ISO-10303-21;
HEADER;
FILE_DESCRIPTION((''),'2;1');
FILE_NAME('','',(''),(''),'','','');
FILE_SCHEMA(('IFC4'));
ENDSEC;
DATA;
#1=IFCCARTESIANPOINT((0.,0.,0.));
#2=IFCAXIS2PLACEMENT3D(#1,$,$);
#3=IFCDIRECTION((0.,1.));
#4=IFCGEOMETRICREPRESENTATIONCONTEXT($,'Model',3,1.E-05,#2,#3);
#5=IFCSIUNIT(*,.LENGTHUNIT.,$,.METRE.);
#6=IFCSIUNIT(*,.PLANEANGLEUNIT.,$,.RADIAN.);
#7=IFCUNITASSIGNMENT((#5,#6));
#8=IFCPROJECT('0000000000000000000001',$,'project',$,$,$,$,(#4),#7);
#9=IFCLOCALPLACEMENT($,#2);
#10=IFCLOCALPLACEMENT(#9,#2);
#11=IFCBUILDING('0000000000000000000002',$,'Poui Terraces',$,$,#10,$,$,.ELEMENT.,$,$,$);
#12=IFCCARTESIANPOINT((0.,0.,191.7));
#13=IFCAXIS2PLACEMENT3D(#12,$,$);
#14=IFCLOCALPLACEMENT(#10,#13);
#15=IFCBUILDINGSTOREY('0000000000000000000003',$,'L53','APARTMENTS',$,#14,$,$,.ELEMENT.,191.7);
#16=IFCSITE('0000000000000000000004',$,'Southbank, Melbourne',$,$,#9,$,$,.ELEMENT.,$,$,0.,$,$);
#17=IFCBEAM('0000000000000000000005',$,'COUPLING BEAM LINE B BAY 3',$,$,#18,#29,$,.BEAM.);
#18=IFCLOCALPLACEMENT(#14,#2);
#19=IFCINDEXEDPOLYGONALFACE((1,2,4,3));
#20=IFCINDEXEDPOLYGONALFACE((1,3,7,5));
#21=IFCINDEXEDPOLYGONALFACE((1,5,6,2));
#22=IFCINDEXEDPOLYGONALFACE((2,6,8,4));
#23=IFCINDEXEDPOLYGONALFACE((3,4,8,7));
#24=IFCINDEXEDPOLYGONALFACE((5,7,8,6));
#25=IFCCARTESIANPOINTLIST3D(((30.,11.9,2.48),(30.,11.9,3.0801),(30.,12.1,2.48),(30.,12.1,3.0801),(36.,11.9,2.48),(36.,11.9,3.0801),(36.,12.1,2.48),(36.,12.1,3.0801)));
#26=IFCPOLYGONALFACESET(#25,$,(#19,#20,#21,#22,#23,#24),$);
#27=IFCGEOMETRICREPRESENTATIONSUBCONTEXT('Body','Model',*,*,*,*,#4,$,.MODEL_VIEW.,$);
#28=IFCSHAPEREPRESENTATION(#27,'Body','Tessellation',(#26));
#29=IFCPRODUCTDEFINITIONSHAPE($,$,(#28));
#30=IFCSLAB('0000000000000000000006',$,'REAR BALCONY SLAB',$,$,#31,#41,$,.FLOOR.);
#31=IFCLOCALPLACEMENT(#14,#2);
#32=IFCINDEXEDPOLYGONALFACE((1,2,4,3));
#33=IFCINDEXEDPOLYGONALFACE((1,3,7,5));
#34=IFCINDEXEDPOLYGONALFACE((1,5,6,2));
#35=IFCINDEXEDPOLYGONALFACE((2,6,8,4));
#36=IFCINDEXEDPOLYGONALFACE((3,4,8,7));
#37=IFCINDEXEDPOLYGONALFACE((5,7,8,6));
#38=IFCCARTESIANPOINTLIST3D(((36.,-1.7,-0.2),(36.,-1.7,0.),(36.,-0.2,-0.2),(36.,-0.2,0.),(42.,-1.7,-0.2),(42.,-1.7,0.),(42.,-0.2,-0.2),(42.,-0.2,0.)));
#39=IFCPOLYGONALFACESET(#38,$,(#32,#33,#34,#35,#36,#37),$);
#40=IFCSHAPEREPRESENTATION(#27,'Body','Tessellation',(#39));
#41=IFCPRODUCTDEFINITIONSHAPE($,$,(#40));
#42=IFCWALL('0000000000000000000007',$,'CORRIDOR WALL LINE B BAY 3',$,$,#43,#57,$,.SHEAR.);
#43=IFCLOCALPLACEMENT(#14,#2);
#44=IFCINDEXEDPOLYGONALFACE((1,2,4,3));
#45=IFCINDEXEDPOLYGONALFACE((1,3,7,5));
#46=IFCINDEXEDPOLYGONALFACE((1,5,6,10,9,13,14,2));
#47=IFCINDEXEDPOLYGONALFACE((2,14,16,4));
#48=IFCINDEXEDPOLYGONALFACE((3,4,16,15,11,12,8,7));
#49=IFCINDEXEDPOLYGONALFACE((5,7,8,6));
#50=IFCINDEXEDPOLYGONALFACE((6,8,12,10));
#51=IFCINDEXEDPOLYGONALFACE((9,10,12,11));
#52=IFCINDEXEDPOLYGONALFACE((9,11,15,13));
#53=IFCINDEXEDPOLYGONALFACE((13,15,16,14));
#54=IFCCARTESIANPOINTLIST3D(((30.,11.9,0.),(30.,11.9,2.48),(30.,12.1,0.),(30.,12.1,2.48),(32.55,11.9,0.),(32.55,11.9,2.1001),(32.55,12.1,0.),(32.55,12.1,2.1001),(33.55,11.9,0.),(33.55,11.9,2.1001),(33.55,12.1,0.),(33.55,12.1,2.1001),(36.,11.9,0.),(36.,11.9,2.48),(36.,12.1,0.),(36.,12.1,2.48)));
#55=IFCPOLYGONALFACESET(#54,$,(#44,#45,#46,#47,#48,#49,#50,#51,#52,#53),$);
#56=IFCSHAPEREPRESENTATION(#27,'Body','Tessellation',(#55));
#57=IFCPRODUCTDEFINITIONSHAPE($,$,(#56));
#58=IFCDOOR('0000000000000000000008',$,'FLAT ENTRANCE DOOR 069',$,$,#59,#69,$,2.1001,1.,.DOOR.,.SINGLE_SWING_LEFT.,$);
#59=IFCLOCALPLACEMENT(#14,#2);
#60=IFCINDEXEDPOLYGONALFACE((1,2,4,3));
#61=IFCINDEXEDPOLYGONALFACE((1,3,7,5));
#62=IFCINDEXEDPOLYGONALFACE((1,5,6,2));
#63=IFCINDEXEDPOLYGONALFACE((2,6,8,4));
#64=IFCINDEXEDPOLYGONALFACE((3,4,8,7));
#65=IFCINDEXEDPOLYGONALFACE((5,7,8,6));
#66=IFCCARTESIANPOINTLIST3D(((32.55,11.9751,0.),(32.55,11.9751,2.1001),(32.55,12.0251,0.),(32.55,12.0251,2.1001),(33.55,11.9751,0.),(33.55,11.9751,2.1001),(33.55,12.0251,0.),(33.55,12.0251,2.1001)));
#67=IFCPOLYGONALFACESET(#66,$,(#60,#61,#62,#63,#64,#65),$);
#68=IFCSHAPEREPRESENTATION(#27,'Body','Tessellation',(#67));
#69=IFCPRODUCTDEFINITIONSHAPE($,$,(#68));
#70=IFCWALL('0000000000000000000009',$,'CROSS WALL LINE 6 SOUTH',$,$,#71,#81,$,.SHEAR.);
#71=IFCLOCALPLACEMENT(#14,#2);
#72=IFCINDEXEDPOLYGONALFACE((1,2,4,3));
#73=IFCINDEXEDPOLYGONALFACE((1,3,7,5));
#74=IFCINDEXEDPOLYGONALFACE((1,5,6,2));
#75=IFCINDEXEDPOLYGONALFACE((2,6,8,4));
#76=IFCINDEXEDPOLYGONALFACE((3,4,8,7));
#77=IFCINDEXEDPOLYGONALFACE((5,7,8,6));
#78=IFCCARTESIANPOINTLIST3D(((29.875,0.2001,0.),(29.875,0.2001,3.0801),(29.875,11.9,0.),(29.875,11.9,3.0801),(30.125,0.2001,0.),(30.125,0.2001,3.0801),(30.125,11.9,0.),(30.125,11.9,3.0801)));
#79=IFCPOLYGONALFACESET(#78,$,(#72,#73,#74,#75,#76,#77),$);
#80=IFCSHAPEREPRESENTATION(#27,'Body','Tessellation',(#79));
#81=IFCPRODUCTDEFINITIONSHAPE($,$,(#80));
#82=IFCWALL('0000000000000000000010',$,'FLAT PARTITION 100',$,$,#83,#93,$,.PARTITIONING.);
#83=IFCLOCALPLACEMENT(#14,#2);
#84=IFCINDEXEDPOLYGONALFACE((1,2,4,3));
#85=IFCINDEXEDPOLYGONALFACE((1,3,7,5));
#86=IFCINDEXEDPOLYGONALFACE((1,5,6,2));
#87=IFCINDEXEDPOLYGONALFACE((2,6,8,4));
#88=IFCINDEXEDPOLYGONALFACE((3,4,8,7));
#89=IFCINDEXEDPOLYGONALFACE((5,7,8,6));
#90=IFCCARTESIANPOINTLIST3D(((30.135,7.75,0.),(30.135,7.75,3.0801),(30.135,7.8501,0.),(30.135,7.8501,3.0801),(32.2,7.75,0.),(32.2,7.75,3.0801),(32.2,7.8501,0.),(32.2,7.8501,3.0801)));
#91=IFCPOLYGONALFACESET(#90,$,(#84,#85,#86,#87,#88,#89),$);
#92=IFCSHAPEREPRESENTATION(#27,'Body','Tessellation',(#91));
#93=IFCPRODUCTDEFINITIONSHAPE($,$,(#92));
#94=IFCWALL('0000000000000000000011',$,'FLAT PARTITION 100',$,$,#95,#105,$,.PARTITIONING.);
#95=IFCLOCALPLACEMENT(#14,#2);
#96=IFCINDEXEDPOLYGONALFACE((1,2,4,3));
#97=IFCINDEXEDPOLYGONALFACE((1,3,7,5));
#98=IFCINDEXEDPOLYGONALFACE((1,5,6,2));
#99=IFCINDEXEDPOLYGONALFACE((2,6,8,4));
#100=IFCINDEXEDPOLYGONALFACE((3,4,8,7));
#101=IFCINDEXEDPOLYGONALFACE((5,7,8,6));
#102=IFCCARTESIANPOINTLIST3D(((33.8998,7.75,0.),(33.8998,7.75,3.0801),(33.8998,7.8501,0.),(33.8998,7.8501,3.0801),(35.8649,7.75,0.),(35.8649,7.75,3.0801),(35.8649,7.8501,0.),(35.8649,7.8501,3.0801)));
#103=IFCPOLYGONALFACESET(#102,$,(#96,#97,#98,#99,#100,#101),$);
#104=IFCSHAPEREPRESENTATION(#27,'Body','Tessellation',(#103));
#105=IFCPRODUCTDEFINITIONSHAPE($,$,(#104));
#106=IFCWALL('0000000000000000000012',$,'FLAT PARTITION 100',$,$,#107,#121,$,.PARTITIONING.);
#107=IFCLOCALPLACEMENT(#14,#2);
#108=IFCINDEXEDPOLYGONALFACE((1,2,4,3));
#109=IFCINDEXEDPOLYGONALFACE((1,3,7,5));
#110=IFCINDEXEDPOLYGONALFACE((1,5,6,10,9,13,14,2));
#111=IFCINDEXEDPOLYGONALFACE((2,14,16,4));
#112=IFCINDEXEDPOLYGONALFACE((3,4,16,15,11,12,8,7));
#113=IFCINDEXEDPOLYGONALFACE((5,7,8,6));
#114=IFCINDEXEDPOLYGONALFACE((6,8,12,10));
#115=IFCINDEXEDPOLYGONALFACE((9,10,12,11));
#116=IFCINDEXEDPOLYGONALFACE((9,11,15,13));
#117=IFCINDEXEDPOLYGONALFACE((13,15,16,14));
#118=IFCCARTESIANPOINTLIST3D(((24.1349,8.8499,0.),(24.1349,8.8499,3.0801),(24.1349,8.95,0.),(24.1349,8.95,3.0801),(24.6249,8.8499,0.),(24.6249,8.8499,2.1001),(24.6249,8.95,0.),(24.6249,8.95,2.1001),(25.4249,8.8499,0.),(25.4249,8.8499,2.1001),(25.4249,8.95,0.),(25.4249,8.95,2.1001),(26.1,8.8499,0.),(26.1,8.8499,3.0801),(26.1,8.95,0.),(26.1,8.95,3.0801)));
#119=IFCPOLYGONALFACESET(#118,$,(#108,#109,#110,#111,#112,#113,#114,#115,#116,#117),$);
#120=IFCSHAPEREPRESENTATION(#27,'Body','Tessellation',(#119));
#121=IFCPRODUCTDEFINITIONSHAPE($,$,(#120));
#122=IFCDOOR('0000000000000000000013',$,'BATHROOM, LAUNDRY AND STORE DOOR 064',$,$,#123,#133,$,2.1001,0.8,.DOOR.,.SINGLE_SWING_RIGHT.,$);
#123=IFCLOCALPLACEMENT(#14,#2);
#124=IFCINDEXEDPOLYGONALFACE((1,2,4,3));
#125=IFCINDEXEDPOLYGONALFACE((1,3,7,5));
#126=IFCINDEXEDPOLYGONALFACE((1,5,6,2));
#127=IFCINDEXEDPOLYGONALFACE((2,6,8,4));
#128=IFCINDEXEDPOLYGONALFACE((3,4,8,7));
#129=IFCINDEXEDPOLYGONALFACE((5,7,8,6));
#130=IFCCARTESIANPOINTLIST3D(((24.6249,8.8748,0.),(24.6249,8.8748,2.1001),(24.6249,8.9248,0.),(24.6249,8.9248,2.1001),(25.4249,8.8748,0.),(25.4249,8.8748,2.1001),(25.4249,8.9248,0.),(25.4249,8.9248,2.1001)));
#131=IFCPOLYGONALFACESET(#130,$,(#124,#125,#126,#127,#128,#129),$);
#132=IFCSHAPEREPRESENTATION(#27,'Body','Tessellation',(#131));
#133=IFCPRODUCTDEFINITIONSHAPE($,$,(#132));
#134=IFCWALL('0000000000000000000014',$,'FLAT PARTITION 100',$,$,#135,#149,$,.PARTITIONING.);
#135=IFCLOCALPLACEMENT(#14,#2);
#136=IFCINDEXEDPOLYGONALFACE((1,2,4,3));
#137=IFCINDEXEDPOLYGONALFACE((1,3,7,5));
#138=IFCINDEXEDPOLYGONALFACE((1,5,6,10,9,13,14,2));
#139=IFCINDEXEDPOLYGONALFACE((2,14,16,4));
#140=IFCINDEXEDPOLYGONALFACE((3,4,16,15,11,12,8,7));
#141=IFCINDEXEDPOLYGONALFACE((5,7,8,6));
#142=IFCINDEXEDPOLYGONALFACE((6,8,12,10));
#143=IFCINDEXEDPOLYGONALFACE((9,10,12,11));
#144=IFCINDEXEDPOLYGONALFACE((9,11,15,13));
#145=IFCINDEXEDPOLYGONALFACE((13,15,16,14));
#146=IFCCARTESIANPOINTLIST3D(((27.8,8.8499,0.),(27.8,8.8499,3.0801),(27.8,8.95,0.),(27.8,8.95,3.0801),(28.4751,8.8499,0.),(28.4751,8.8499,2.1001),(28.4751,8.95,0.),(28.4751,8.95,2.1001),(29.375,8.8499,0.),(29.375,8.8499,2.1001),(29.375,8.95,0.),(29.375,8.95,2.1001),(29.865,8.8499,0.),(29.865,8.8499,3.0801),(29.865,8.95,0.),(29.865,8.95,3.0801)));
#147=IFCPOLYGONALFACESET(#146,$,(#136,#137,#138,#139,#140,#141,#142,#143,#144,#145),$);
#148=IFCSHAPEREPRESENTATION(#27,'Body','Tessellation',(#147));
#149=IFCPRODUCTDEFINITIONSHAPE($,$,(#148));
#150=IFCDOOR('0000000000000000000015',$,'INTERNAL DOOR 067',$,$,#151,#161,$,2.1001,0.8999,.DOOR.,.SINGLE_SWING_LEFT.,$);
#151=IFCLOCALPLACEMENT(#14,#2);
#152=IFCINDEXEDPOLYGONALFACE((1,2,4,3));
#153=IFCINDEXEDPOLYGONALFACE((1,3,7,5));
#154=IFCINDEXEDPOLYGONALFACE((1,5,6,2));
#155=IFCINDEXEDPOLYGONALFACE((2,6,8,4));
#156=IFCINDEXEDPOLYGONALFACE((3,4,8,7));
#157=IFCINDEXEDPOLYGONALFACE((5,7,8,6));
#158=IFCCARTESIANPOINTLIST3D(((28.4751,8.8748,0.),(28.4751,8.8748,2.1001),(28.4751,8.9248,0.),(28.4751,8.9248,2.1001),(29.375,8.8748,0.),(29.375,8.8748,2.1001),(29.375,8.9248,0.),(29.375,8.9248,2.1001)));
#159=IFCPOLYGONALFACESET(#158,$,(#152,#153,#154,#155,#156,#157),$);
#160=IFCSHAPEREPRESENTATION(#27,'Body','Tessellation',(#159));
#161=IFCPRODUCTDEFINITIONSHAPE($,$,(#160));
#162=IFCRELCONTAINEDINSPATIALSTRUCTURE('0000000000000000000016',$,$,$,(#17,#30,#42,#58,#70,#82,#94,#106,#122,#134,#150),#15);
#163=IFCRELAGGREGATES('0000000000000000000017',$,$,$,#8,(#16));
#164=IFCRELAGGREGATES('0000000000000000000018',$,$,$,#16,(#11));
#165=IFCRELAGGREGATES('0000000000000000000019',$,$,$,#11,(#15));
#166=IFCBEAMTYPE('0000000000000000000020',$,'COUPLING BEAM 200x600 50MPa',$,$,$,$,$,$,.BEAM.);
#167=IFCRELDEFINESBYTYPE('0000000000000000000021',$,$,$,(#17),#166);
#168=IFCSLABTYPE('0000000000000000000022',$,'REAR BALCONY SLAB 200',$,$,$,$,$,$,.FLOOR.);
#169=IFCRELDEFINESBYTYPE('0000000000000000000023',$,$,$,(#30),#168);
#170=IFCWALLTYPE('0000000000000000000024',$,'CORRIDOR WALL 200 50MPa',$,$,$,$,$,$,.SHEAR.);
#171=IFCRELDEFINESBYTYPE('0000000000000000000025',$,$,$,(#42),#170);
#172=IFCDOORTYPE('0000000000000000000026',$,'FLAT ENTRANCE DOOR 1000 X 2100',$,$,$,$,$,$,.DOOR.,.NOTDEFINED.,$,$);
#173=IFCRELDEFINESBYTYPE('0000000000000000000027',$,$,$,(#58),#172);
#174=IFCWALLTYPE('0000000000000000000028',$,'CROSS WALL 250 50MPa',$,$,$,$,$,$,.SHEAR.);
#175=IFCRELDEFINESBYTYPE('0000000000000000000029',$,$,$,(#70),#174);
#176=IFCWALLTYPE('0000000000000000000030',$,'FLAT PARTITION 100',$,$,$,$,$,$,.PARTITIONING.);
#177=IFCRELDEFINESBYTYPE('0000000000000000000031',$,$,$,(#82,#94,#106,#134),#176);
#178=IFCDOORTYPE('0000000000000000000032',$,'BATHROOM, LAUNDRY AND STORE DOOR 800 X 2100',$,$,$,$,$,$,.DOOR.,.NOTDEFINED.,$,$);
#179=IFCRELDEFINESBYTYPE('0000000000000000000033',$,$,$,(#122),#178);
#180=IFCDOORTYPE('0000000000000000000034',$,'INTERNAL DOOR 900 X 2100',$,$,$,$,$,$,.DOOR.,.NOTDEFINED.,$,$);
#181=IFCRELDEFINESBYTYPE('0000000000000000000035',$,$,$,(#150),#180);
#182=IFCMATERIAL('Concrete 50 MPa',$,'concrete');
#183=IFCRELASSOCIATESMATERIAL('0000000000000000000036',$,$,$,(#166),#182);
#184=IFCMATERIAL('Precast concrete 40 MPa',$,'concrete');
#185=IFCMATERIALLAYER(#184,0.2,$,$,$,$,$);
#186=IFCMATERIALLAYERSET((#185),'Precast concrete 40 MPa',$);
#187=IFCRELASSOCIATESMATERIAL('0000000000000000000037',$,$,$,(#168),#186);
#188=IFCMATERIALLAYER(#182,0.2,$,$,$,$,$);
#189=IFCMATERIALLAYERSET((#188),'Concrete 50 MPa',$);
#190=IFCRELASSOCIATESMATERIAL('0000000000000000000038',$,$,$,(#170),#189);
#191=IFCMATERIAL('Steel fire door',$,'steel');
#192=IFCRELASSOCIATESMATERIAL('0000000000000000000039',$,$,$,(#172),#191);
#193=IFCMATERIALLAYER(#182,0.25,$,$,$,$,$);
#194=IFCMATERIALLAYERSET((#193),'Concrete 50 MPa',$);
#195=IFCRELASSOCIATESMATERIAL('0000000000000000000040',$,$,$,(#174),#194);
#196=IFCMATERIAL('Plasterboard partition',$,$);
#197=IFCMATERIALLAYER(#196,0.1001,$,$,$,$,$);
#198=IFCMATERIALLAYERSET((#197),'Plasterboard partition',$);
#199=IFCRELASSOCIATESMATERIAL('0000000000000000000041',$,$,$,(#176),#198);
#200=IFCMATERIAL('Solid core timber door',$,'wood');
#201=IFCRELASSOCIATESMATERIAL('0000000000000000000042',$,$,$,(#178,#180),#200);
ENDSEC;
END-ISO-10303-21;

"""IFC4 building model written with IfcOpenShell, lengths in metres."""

from ifc_helpers import new_model, si_unit, direction, frame, frame_2d, origin, origin_2d, place, context, subcontext, project, spatial, polyline, rectangle, outline, extrude, source, transform, mapped, material, layer, layer_set, material_profile, profile_set, type_object, element, fill, save


model = new_model("IFC4")

# Units and contexts
model_context = context("Model", 3, precision=1e-05, world=origin(), true_north=direction((0.0, 1.0)))
body_context = subcontext(model_context, "Body", "Model", "MODEL_VIEW")
ifc_project = project(units=[si_unit("LENGTHUNIT", "METRE"), si_unit("PLANEANGLEUNIT", "RADIAN")], contexts=[model_context])

# Site, building, storey
site_placement = place(None, origin())
site = spatial("IfcSite", under=ifc_project, at=site_placement, Name="Southbank, Melbourne", CompositionType="ELEMENT", RefElevation=0.0)
building_placement = place(site_placement, origin())
building = spatial("IfcBuilding", under=site, at=building_placement, Name="Poui Terraces", CompositionType="ELEMENT")
storey_placement = place(building_placement, frame((0.0, 0.0, 191.7)))
storey = spatial("IfcBuildingStorey", under=building, at=storey_placement, Name="L53", Description="APARTMENTS", CompositionType="ELEMENT", Elevation=191.7)

# Beam
ifc_material_1 = material(Name="Concrete 50 MPa", Category="concrete")
ifc_material_profile_1 = material_profile(ifc_material_1, rectangle(XDim=0.2, YDim=0.6001, at=origin_2d()), Name="RC 200x600")
ifc_profile_set_1 = profile_set([ifc_material_profile_1], Name="Concrete 50 MPa")
beam_type = type_object("IfcBeamType", Name="COUPLING BEAM 200x600 50MPa", PredefinedType="BEAM", material=ifc_profile_set_1)
shared_shape_1 = source(origin(), body_context, "Body", "SweptSolid", [
    extrude(rectangle(XDim=0.2, YDim=0.6001, at=origin_2d()), origin(), (0.0, 0.0, 1.0), 6.0),
])
beam_placement = place(storey_placement, frame((30.0, 12.0, 2.78), z_axis=(1.0, 0.0, 0.0), x_axis=(0.0, 1.0, 0.0)))
element("IfcBeam", 1, at=beam_placement, inside=storey, type_object=beam_type, Name="COUPLING BEAM LINE B BAY 3", PredefinedType="BEAM", context=body_context, shape_type="MappedRepresentation", body=[
    mapped(shared_shape_1, transform((0.0, 0.0, 0.0))),
])

# Slab
ifc_material_2 = material(Name="Precast concrete 40 MPa", Category="concrete")
ifc_layer_1 = layer(ifc_material_2, 0.2)
ifc_layer_set_1 = layer_set([ifc_layer_1], Name="Precast concrete 40 MPa")
slab_type = type_object("IfcSlabType", Name="REAR BALCONY SLAB 200", PredefinedType="FLOOR", material=ifc_layer_set_1)
shared_shape_2 = source(origin(), body_context, "Body", "SweptSolid", [
    extrude(outline(polyline([(0.0, 0.0), (6.0, 0.0), (6.0, 1.5), (0.0, 1.5), (0.0, 0.0)])), origin(), (0.0, 0.0, 1.0), 0.2),
])
slab_placement = place(storey_placement, frame((36.0, -1.7, -0.2)))
element("IfcSlab", 2, at=slab_placement, inside=storey, type_object=slab_type, Name="REAR BALCONY SLAB", PredefinedType="FLOOR", context=body_context, shape_type="MappedRepresentation", body=[
    mapped(shared_shape_2, transform((0.0, 0.0, 0.0))),
])

# Wall, opening, door
ifc_layer_2 = layer(ifc_material_1, 0.2)
ifc_layer_set_2 = layer_set([ifc_layer_2], Name="Concrete 50 MPa")
wall_type_1 = type_object("IfcWallType", Name="CORRIDOR WALL 200 50MPa", PredefinedType="SHEAR", material=ifc_layer_set_2)
wall_1_placement = place(storey_placement, frame((30.0, 12.0, 0.0), z_axis=(0.0, 0.0, 1.0), x_axis=(1.0, 0.0, 0.0)))
wall_1 = element("IfcWall", 3, at=wall_1_placement, inside=storey, type_object=wall_type_1, Name="CORRIDOR WALL LINE B BAY 3", PredefinedType="SHEAR", context=body_context, shape_type="SweptSolid", body=[
    extrude(rectangle(XDim=6.0, YDim=0.2, at=frame_2d((3.0, 0.0))), origin(), (0.0, 0.0, 1.0), 2.48),
])
opening_1_placement = place(wall_1_placement, frame((2.55, 0.0, 0.0)))
opening_1 = element("IfcOpeningElement", 4, at=opening_1_placement, cuts=wall_1, PredefinedType="OPENING", context=body_context, shape_type="SweptSolid", body=[
    extrude(rectangle(XDim=1.0, YDim=2.1001, at=frame_2d((0.5, 1.05))), frame((0.0, 0.1099, 0.0), z_axis=(0.0, -1.0, 0.0), x_axis=(1.0, 0.0, 0.0)), (0.0, 0.0, 1.0), 0.22),
])
ifc_material_3 = material(Name="Steel fire door", Category="steel")
door_type_1 = type_object("IfcDoorType", Name="FLAT ENTRANCE DOOR 1000 X 2100", OperationType="NOTDEFINED", PredefinedType="DOOR", material=ifc_material_3)
door_1_placement = place(opening_1_placement, frame((1.0, 0.0, 0.0), z_axis=(0.0, 0.0, 1.0), x_axis=(-1.0, 0.0, 0.0)))
door_1 = element("IfcDoor", 5, at=door_1_placement, inside=storey, type_object=door_type_1, Name="FLAT ENTRANCE DOOR 069", OperationType="SINGLE_SWING_LEFT", OverallHeight=2.1001, OverallWidth=1.0, PredefinedType="DOOR", context=body_context, shape_type="SweptSolid", body=[
    extrude(rectangle(XDim=1.0, YDim=2.1001, at=frame_2d((0.5, 1.05))), frame((0.0, 0.0249, 0.0), z_axis=(0.0, -1.0, 0.0), x_axis=(1.0, 0.0, 0.0)), (0.0, 0.0, 1.0), 0.05),
])
fill(opening_1, door_1)

# Walls
ifc_layer_3 = layer(ifc_material_1, 0.25)
ifc_layer_set_3 = layer_set([ifc_layer_3], Name="Concrete 50 MPa")
wall_type_2 = type_object("IfcWallType", Name="CROSS WALL 250 50MPa", PredefinedType="SHEAR", material=ifc_layer_set_3)
wall_2_placement = place(storey_placement, frame((30.0, 0.2, 0.0), z_axis=(0.0, 0.0, 1.0), x_axis=(0.0, 1.0, 0.0)))
element("IfcWall", 6, at=wall_2_placement, inside=storey, type_object=wall_type_2, Name="CROSS WALL LINE 6 SOUTH", PredefinedType="SHEAR", context=body_context, shape_type="SweptSolid", body=[
    extrude(rectangle(XDim=11.7, YDim=0.25, at=frame_2d((5.8501, 0.0))), origin(), (0.0, 0.0, 1.0), 3.0801),
])
ifc_material_4 = material(Name="Plasterboard partition")
ifc_layer_4 = layer(ifc_material_4, 0.1001)
ifc_layer_set_4 = layer_set([ifc_layer_4], Name="Plasterboard partition")
wall_type_3 = type_object("IfcWallType", Name="FLAT PARTITION 100", PredefinedType="PARTITIONING", material=ifc_layer_set_4)
wall_3_placement = place(storey_placement, frame((30.135, 7.8, 0.0), z_axis=(0.0, 0.0, 1.0), x_axis=(1.0, 0.0, 0.0)))
element("IfcWall", 7, at=wall_3_placement, inside=storey, type_object=wall_type_3, Name="FLAT PARTITION 100", PredefinedType="PARTITIONING", context=body_context, shape_type="SweptSolid", body=[
    extrude(rectangle(XDim=2.0649, YDim=0.1001, at=frame_2d((1.0325, 0.0))), origin(), (0.0, 0.0, 1.0), 3.0801),
])
wall_4_placement = place(storey_placement, frame((33.8999, 7.8, 0.0), z_axis=(0.0, 0.0, 1.0), x_axis=(1.0, 0.0, 0.0)))
element("IfcWall", 8, at=wall_4_placement, inside=storey, type_object=wall_type_3, Name="FLAT PARTITION 100", PredefinedType="PARTITIONING", context=body_context, shape_type="SweptSolid", body=[
    extrude(rectangle(XDim=1.9651, YDim=0.1001, at=frame_2d((0.9824, 0.0))), origin(), (0.0, 0.0, 1.0), 3.0801),
])

# Walls, openings, doors
wall_5_placement = place(storey_placement, frame((24.135, 8.8999, 0.0), z_axis=(0.0, 0.0, 1.0), x_axis=(1.0, 0.0, 0.0)))
wall_5 = element("IfcWall", 9, at=wall_5_placement, inside=storey, type_object=wall_type_3, Name="FLAT PARTITION 100", PredefinedType="PARTITIONING", context=body_context, shape_type="SweptSolid", body=[
    extrude(rectangle(XDim=1.9651, YDim=0.1001, at=frame_2d((0.9824, 0.0))), origin(), (0.0, 0.0, 1.0), 3.0801),
])
opening_2_placement = place(wall_5_placement, frame((0.49, 0.0, 0.0)))
opening_2 = element("IfcOpeningElement", 10, at=opening_2_placement, cuts=wall_5, PredefinedType="OPENING", context=body_context, shape_type="SweptSolid", body=[
    extrude(rectangle(XDim=0.8, YDim=2.1001, at=frame_2d((0.3999, 1.05))), frame((0.0, 0.0601, 0.0), z_axis=(0.0, -1.0, 0.0), x_axis=(1.0, 0.0, 0.0)), (0.0, 0.0, 1.0), 0.1201),
])
ifc_material_5 = material(Name="Solid core timber door", Category="wood")
door_type_2 = type_object("IfcDoorType", Name="BATHROOM, LAUNDRY AND STORE DOOR 800 X 2100", OperationType="NOTDEFINED", PredefinedType="DOOR", material=ifc_material_5)
door_2_placement = place(opening_2_placement, origin())
door_2 = element("IfcDoor", 11, at=door_2_placement, inside=storey, type_object=door_type_2, Name="BATHROOM, LAUNDRY AND STORE DOOR 064", OperationType="SINGLE_SWING_RIGHT", OverallHeight=2.1001, OverallWidth=0.8, PredefinedType="DOOR", context=body_context, shape_type="SweptSolid", body=[
    extrude(rectangle(XDim=0.8, YDim=2.1001, at=frame_2d((0.3999, 1.05))), frame((0.0, 0.0249, 0.0), z_axis=(0.0, -1.0, 0.0), x_axis=(1.0, 0.0, 0.0)), (0.0, 0.0, 1.0), 0.05),
])
fill(opening_2, door_2)
wall_6_placement = place(storey_placement, frame((27.8, 8.8999, 0.0), z_axis=(0.0, 0.0, 1.0), x_axis=(1.0, 0.0, 0.0)))
wall_6 = element("IfcWall", 12, at=wall_6_placement, inside=storey, type_object=wall_type_3, Name="FLAT PARTITION 100", PredefinedType="PARTITIONING", context=body_context, shape_type="SweptSolid", body=[
    extrude(rectangle(XDim=2.0649, YDim=0.1001, at=frame_2d((1.0325, 0.0))), origin(), (0.0, 0.0, 1.0), 3.0801),
])
opening_3_placement = place(wall_6_placement, frame((0.675, 0.0, 0.0)))
opening_3 = element("IfcOpeningElement", 13, at=opening_3_placement, cuts=wall_6, PredefinedType="OPENING", context=body_context, shape_type="SweptSolid", body=[
    extrude(rectangle(XDim=0.8999, YDim=2.1001, at=frame_2d((0.45, 1.05))), frame((0.0, 0.0601, 0.0), z_axis=(0.0, -1.0, 0.0), x_axis=(1.0, 0.0, 0.0)), (0.0, 0.0, 1.0), 0.1201),
])
door_type_3 = type_object("IfcDoorType", Name="INTERNAL DOOR 900 X 2100", OperationType="NOTDEFINED", PredefinedType="DOOR", material=ifc_material_5)
door_3_placement = place(opening_3_placement, origin())
door_3 = element("IfcDoor", 14, at=door_3_placement, inside=storey, type_object=door_type_3, Name="INTERNAL DOOR 067", OperationType="SINGLE_SWING_LEFT", OverallHeight=2.1001, OverallWidth=0.8999, PredefinedType="DOOR", context=body_context, shape_type="SweptSolid", body=[
    extrude(rectangle(XDim=0.8999, YDim=2.1001, at=frame_2d((0.45, 1.05))), frame((0.0, 0.0249, 0.0), z_axis=(0.0, -1.0, 0.0), x_axis=(1.0, 0.0, 0.0)), (0.0, 0.0, 1.0), 0.05),
])
fill(opening_3, door_3)

save(model, "model.ifc")
